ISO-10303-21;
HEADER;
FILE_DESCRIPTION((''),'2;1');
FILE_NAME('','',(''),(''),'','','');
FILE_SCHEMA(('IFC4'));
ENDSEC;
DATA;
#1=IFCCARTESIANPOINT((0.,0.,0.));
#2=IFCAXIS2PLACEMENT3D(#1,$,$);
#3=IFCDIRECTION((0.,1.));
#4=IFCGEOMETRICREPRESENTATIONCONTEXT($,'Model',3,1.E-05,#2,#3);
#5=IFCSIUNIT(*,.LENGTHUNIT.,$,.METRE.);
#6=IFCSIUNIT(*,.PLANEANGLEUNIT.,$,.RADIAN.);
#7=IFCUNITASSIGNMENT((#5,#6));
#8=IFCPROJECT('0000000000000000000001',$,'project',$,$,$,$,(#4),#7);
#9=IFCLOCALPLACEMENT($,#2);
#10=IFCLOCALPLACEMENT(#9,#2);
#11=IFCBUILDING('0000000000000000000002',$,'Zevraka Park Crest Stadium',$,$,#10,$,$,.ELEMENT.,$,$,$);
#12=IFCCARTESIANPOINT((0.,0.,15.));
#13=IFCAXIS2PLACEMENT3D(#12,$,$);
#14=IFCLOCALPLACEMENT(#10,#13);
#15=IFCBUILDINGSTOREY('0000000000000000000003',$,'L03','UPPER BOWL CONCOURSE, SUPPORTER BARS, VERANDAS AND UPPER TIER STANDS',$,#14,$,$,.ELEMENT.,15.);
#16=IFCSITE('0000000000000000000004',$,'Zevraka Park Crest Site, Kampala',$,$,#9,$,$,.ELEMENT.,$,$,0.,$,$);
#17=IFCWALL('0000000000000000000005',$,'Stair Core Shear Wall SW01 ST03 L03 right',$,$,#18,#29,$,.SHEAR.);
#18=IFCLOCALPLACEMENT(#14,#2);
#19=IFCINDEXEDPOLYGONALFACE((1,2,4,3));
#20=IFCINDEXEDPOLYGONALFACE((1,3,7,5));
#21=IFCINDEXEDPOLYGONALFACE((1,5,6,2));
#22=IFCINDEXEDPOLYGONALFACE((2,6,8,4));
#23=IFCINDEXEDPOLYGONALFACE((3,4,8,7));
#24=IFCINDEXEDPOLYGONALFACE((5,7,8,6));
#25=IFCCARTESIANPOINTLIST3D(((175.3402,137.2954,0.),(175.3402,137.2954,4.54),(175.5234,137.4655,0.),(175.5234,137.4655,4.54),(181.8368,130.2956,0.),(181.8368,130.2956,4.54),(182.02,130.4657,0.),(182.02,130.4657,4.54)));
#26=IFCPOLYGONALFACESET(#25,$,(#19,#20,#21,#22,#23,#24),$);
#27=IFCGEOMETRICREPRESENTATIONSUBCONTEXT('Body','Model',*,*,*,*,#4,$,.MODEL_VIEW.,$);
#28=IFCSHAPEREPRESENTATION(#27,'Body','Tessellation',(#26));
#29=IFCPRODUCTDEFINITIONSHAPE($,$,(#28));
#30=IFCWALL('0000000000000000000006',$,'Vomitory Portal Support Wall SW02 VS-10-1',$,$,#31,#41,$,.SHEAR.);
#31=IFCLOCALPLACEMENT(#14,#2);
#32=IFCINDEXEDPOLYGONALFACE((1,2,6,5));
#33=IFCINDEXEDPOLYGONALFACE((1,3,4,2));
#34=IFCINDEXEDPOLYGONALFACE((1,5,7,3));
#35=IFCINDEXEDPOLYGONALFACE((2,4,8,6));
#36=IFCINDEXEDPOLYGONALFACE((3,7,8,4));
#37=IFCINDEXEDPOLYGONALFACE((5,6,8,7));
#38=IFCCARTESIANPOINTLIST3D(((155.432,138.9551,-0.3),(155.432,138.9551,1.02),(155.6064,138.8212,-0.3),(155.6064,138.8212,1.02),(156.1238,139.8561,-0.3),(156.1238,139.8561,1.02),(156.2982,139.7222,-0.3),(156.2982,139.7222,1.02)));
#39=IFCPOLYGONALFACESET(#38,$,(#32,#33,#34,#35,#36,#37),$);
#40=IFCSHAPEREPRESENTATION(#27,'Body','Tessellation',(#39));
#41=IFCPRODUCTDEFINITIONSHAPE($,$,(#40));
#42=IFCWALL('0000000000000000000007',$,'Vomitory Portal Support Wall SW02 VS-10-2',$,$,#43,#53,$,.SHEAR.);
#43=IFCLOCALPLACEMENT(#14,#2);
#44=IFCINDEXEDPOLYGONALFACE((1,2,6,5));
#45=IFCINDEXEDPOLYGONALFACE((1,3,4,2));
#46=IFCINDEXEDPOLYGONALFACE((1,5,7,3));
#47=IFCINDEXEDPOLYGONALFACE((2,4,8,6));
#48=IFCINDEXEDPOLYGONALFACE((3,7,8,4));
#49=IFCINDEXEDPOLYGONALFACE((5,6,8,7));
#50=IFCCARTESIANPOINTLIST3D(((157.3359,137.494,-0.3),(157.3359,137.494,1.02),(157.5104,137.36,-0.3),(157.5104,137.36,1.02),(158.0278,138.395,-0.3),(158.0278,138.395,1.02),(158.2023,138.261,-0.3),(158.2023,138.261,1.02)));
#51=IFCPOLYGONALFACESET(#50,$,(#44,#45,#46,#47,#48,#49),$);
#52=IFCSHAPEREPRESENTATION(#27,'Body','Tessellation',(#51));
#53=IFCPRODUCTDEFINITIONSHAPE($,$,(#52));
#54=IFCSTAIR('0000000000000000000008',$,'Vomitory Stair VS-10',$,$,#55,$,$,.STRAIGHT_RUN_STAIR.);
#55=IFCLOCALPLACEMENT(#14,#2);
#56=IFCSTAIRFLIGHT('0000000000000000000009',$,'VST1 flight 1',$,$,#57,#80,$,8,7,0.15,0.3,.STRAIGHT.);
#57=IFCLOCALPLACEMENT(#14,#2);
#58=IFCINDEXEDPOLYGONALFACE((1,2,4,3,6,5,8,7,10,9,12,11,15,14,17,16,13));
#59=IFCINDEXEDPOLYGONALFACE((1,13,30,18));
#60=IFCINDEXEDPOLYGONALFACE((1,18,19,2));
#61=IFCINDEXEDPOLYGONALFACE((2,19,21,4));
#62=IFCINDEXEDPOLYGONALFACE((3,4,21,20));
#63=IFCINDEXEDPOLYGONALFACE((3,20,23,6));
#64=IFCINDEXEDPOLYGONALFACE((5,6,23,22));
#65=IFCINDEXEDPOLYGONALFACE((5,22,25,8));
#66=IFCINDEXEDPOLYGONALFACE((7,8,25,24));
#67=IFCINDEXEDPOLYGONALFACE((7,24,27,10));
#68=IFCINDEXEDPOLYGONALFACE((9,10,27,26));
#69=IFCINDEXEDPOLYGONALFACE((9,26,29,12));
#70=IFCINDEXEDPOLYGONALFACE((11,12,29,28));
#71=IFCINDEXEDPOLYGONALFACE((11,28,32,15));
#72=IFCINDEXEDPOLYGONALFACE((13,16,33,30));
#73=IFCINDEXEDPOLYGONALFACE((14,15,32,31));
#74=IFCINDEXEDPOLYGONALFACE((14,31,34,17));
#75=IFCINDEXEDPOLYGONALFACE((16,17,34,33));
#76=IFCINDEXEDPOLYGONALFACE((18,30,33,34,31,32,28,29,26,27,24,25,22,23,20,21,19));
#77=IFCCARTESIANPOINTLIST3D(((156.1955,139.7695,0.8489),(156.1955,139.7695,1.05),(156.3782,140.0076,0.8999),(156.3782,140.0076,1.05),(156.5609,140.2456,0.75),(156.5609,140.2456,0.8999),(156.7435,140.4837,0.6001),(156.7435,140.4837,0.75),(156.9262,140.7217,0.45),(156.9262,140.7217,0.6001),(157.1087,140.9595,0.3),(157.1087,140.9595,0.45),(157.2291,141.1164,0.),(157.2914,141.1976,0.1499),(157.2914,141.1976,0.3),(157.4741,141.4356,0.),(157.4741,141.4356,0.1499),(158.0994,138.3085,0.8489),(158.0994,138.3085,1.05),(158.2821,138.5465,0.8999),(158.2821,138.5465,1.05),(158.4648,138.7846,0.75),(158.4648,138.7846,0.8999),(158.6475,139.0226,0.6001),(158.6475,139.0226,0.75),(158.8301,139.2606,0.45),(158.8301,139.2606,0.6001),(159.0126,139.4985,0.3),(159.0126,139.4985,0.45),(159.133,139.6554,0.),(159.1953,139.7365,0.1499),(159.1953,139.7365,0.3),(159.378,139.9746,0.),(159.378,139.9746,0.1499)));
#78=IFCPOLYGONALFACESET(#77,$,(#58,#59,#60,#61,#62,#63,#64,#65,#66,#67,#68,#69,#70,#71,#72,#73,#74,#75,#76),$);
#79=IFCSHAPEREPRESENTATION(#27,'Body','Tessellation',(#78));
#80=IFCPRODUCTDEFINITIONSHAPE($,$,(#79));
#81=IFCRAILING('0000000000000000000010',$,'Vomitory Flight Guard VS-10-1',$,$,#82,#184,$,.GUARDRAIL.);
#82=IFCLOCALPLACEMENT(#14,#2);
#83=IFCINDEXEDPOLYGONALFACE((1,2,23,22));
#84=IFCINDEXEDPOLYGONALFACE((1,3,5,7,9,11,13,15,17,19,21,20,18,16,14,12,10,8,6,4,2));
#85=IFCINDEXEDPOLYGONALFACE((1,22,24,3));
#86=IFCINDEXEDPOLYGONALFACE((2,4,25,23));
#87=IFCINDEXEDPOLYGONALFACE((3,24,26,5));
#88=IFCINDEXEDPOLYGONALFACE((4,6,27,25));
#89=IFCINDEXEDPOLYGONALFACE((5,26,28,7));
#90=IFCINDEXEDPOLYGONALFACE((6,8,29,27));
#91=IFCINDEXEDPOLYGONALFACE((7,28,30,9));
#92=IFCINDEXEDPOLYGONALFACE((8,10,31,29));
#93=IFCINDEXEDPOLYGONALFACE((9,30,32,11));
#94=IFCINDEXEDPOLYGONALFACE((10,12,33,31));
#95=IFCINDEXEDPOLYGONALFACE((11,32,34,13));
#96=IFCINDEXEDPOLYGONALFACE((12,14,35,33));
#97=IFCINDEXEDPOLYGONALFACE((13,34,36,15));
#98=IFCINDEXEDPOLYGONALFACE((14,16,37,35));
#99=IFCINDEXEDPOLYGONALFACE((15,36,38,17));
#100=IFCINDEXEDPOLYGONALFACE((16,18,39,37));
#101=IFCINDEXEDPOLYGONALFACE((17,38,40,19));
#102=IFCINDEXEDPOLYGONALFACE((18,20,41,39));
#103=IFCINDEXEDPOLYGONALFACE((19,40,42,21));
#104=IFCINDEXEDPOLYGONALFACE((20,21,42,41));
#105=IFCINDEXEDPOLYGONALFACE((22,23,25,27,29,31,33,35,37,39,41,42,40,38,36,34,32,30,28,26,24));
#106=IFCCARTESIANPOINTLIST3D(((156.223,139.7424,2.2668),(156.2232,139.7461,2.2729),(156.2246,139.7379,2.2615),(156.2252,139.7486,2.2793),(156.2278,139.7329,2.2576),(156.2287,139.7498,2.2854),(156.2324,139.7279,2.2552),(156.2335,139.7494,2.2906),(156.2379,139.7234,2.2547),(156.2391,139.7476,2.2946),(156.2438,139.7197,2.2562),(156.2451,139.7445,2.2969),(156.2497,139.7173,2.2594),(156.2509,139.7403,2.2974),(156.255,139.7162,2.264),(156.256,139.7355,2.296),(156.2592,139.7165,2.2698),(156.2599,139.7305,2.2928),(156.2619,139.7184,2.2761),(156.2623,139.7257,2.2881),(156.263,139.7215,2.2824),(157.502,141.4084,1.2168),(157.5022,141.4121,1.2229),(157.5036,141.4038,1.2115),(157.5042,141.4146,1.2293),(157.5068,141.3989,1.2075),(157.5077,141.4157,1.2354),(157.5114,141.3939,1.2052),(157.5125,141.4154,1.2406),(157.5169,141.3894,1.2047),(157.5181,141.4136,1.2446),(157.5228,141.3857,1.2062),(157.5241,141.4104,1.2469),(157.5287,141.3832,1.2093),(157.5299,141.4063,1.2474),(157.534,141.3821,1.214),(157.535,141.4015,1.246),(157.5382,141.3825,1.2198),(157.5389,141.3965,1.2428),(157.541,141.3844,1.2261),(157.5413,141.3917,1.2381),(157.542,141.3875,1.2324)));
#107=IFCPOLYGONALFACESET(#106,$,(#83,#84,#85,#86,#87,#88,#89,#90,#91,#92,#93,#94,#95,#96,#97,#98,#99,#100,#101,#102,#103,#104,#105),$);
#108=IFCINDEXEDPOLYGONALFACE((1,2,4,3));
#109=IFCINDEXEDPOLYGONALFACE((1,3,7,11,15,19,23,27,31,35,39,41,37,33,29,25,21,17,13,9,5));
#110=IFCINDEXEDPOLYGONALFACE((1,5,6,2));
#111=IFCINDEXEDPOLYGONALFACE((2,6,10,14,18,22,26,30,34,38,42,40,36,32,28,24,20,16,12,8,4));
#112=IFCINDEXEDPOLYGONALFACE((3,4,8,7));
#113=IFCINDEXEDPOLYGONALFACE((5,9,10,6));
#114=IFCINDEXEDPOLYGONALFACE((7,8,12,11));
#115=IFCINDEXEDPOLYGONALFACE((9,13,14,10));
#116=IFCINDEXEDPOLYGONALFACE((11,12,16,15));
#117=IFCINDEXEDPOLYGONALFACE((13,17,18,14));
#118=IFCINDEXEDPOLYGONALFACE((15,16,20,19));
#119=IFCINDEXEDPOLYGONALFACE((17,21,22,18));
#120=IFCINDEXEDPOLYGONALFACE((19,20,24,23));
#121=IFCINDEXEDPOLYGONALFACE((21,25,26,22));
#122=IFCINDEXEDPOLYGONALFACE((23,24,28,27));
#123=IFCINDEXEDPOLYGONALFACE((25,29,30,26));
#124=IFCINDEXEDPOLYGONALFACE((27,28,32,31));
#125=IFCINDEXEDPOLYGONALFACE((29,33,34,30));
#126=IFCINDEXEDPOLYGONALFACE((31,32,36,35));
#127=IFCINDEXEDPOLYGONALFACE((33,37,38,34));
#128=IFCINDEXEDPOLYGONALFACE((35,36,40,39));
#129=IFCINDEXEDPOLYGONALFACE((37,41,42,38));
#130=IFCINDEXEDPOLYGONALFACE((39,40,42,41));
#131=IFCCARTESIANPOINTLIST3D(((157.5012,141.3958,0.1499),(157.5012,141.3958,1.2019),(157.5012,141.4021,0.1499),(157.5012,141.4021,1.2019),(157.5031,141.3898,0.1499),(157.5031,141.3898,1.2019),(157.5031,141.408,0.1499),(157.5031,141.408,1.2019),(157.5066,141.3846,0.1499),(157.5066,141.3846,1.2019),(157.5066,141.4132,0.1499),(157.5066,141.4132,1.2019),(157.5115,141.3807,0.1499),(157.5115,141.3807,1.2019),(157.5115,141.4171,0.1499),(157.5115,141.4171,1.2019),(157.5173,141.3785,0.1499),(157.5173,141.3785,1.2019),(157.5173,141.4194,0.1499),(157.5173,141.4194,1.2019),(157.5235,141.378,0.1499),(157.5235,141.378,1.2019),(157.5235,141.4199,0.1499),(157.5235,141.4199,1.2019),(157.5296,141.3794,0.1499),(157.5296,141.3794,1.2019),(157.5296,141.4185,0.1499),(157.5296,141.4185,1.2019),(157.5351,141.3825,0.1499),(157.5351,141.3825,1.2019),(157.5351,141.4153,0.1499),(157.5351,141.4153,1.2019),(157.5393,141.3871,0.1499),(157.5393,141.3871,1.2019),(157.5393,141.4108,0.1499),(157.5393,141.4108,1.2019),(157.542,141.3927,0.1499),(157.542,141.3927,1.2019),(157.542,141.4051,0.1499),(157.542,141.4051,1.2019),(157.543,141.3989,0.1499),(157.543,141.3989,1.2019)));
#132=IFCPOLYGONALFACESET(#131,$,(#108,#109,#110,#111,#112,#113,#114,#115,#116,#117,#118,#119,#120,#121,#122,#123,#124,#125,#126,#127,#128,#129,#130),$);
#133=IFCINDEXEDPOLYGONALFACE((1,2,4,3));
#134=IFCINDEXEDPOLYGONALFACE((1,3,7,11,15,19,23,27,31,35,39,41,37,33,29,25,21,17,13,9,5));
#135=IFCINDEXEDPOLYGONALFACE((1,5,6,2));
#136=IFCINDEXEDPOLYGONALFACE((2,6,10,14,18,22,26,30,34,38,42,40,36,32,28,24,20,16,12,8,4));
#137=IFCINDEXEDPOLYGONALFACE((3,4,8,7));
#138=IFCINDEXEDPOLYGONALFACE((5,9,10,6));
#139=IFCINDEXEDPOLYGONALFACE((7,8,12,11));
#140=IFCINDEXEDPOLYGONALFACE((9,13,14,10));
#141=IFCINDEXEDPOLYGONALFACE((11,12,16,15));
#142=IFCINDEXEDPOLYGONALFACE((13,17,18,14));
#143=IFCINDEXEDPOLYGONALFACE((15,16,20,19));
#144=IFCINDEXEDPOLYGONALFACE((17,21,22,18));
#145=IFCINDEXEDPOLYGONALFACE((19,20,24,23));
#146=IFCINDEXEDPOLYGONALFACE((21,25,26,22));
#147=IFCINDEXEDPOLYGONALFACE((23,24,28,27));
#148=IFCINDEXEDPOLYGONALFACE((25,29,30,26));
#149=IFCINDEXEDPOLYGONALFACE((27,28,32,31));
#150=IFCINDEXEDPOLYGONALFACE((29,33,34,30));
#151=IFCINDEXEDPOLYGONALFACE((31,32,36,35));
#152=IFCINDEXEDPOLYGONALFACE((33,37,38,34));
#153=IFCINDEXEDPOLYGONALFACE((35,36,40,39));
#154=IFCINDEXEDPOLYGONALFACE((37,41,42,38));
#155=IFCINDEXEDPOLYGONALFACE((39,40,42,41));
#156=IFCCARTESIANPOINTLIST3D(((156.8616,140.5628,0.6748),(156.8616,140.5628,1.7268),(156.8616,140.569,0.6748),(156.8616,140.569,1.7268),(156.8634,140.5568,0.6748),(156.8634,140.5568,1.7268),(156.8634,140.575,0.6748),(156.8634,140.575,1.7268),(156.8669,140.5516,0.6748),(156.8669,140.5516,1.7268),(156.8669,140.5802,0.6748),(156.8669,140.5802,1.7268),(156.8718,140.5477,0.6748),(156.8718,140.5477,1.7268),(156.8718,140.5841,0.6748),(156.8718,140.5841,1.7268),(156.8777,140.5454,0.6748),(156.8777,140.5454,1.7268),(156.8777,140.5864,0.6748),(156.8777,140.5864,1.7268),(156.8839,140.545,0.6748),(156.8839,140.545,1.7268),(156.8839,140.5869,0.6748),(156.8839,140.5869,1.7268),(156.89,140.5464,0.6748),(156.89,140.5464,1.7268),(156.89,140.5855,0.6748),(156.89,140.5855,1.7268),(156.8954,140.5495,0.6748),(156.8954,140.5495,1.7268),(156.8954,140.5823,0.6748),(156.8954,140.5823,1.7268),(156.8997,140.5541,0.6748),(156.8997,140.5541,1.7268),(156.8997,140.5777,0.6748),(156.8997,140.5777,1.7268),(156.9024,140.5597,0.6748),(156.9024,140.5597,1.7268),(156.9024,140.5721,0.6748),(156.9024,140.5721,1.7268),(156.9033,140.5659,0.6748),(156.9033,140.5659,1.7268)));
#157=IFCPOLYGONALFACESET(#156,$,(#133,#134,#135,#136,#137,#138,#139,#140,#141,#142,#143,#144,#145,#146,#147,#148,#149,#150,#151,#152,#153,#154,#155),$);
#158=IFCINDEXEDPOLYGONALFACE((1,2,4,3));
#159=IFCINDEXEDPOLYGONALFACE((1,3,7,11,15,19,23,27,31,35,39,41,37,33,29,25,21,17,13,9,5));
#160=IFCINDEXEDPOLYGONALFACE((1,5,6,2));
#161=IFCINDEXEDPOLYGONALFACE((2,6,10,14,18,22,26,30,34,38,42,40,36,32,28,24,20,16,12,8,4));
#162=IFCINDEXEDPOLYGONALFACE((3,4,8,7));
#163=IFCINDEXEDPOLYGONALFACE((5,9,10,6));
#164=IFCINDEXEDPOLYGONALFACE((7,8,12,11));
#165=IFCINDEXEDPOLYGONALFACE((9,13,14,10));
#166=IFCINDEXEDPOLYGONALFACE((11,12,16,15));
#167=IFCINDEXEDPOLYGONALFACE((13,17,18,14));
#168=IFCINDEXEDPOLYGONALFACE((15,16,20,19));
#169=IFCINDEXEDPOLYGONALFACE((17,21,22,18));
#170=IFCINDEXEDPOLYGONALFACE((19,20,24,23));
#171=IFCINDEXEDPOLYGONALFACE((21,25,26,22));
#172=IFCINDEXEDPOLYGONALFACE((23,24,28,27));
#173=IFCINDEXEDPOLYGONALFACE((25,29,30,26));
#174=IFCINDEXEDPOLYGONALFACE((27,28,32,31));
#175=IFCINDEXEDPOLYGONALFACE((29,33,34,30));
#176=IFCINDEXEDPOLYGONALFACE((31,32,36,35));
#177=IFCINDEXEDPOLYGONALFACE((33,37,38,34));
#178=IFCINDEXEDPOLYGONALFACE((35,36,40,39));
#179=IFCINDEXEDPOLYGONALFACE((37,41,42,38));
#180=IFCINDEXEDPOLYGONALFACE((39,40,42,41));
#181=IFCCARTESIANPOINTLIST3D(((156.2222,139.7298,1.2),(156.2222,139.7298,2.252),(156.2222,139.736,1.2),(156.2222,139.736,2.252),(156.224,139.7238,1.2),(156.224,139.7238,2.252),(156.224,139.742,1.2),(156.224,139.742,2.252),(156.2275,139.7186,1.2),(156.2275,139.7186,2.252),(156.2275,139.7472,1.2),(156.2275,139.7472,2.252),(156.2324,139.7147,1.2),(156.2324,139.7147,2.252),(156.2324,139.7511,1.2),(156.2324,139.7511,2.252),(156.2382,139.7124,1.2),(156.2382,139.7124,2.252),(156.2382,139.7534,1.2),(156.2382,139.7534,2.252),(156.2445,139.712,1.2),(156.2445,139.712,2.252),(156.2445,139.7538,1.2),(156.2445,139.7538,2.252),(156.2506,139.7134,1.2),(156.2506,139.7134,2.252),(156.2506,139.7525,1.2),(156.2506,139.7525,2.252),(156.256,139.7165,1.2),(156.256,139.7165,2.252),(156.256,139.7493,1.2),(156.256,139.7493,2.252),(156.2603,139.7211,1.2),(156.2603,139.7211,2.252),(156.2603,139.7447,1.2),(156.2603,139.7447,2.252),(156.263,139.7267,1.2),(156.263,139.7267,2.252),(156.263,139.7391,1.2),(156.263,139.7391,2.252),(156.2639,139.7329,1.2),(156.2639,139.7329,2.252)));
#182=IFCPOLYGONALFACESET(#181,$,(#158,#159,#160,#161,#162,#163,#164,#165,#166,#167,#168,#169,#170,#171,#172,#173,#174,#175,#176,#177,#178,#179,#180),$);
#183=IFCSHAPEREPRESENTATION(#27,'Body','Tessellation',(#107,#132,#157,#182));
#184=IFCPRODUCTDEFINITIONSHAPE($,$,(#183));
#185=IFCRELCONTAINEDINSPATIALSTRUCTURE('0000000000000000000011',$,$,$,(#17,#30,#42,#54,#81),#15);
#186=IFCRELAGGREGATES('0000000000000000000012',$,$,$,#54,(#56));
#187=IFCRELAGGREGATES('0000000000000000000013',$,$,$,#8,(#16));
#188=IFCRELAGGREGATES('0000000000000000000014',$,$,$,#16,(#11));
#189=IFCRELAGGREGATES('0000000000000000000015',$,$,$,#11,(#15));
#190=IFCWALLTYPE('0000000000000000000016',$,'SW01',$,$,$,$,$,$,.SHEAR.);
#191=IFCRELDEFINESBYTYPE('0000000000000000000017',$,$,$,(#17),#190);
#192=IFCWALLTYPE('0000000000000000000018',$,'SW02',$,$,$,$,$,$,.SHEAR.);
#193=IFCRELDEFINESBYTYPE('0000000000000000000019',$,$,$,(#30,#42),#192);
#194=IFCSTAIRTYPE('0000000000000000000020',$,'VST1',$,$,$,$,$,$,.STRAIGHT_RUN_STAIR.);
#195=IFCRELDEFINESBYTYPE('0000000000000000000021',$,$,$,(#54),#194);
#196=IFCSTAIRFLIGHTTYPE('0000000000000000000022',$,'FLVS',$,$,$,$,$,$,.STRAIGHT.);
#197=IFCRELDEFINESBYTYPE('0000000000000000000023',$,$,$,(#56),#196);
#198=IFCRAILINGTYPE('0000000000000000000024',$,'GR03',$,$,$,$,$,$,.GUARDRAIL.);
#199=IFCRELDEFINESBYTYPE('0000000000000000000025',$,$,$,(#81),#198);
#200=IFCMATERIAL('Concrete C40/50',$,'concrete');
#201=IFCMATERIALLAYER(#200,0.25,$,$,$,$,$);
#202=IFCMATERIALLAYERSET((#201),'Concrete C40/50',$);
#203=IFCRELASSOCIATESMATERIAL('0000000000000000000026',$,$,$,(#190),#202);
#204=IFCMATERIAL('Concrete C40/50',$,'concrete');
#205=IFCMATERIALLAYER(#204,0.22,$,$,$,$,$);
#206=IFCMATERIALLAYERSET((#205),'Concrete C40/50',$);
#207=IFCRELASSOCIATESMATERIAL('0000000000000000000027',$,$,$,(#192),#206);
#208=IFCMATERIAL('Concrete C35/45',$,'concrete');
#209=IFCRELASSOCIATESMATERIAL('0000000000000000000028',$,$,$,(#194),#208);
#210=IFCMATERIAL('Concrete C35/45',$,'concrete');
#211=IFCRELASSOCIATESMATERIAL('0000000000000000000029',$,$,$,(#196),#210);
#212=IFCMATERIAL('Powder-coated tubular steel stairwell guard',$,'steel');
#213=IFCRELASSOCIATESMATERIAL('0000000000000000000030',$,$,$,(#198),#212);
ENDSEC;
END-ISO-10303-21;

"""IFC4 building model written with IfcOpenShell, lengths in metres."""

from ifc_helpers import new_model, si_unit, direction, frame, frame_2d, origin, origin_2d, place, context, subcontext, project, spatial, polyline, rectangle, circle, outline, extrude, material, layer, layer_set, type_object, element, aggregate, save


model = new_model("IFC4")

# Units and contexts
model_context = context("Model", 3, precision=1e-05, world=origin(), true_north=direction((0.0, 1.0)))
body_context = subcontext(model_context, "Body", "Model", "MODEL_VIEW")
ifc_project = project(units=[si_unit("LENGTHUNIT", "METRE"), si_unit("PLANEANGLEUNIT", "RADIAN")], contexts=[model_context])

# Site, building, storey
site_placement = place(None, origin())
site = spatial("IfcSite", under=ifc_project, at=site_placement, Name="Zevraka Park Crest Site, Kampala", CompositionType="ELEMENT", RefElevation=0.0)
building_placement = place(site_placement, origin())
building = spatial("IfcBuilding", under=site, at=building_placement, Name="Zevraka Park Crest Stadium", CompositionType="ELEMENT")
storey_placement = place(building_placement, frame((0.0, 0.0, 15.0)))
storey = spatial("IfcBuildingStorey", under=building, at=storey_placement, Name="L03", Description="UPPER BOWL CONCOURSE, SUPPORTER BARS, VERANDAS AND UPPER TIER STANDS", CompositionType="ELEMENT", Elevation=15.0)

# Walls
ifc_material_1 = material(Name="Concrete C40/50", Category="concrete")
ifc_layer_1 = layer(ifc_material_1, 0.25)
ifc_layer_set_1 = layer_set([ifc_layer_1], Name="Concrete C40/50")
wall_type_1 = type_object("IfcWallType", Name="SW01", PredefinedType="SHEAR", material=ifc_layer_set_1)
wall_placement = place(storey_placement, frame((175.4319, 137.3804, 0.0), z_axis=(0.0, 0.0, 1.0), x_axis=(0.680272, -0.73296, 0.0)))
element("IfcWall", 1, at=wall_placement, inside=storey, type_object=wall_type_1, Name="Stair Core Shear Wall SW01 ST03 L03 right", PredefinedType="SHEAR", context=body_context, shape_type="SweptSolid", body=[
    extrude(rectangle(XDim=9.55, YDim=0.25, at=frame_2d((4.7749, 0.0))), origin(), (0.0, 0.0, 1.0), 4.54),
])
ifc_material_2 = material(Name="Concrete C40/50", Category="concrete")
ifc_layer_2 = layer(ifc_material_2, 0.22)
ifc_layer_set_2 = layer_set([ifc_layer_2], Name="Concrete C40/50")
wall_type_2 = type_object("IfcWallType", Name="SW02", PredefinedType="SHEAR", material=ifc_layer_set_2)
for number, where, z_axis, x_axis, name in (
    (2, (156.2109, 139.7891, -0.3), (0.0, 0.0, 1.0), (-0.609004, -0.793167, 0.0), "Vomitory Portal Support Wall SW02 VS-10-1"),
    (3, (158.115, 138.3279, -0.3), (0.0, 0.0, 1.0), (-0.609108, -0.793087, 0.0), "Vomitory Portal Support Wall SW02 VS-10-2"),
):
    element("IfcWall", number, at=place(storey_placement, frame(where, z_axis=z_axis, x_axis=x_axis)), inside=storey, type_object=wall_type_2, Name=name, PredefinedType="SHEAR", context=body_context, shape_type="SweptSolid", body=[
        extrude(rectangle(XDim=1.136, YDim=0.22, at=frame_2d((0.5679, 0.0))), origin(), (0.0, 0.0, 1.0), 1.3201),
    ])

# Stair, stair flight
ifc_material_3 = material(Name="Concrete C35/45", Category="concrete")
stair_type = type_object("IfcStairType", Name="VST1", PredefinedType="STRAIGHT_RUN_STAIR", material=ifc_material_3)
stair_placement = place(storey_placement, origin())
stair = element("IfcStair", 4, at=stair_placement, inside=storey, type_object=stair_type, Name="Vomitory Stair VS-10", PredefinedType="STRAIGHT_RUN_STAIR")
ifc_material_4 = material(Name="Concrete C35/45", Category="concrete")
stair_flight_type = type_object("IfcStairFlightType", Name="FLVS", PredefinedType="STRAIGHT", material=ifc_material_4)
stair_flight_placement = place(storey_placement, frame((158.426, 140.7051, 0.0), z_axis=(0.0, 0.0, 1.0), x_axis=(-0.608797, -0.793326, 0.0)))
stair_flight = element("IfcStairFlight", 5, at=stair_flight_placement, type_object=stair_flight_type, Name="VST1 flight 1", NumberOfRisers=8, NumberOfTreads=7, PredefinedType="STRAIGHT", RiserHeight=0.15, TreadLength=0.3, context=body_context, shape_type="SweptSolid", body=[
    extrude(outline(polyline([(0.0, 0.0), (0.0, 0.1499), (0.3, 0.1499), (0.3, 0.3), (0.6001, 0.3), (0.6001, 0.45), (0.8999, 0.45), (0.8999, 0.6001), (1.2, 0.6001), (1.2, 0.75), (1.5, 0.75), (1.5, 0.8999), (1.8, 0.8999), (1.8, 1.05), (2.1001, 1.05), (2.1001, 1.2), (2.1001, 0.8489), (0.4023, 0.0), (0.0, 0.0)])), frame((0.0, 1.2, 0.0), z_axis=(0.0, -1.0, 0.0), x_axis=(1.0, 0.0, 0.0)), (0.0, 0.0, 1.0), 2.3999),
])
aggregate(stair, [stair_flight])

# Railing
ifc_material_5 = material(Name="Powder-coated tubular steel stairwell guard", Category="steel")
railing_type_1 = type_object("IfcRailingType", Name="GR03", PredefinedType="GUARDRAIL", material=ifc_material_5)
railing_1_placement = place(storey_placement, frame((157.522, 141.3989, 0.1499)))
element("IfcRailing", 6, at=railing_1_placement, inside=storey, type_object=railing_type_1, Name="Vomitory Flight Guard VS-10-1", PredefinedType="GUARDRAIL", context=body_context, shape_type="SweptSolid", body=[
    extrude(circle(Radius=0.0239, at=origin_2d()), frame((0.0, 0.0, 1.0762), z_axis=(-0.544688, -0.709477, 0.447166), x_axis=(0.793198, -0.608963, 0.0)), (0.0, 0.0, 1.0), 2.3481),
    extrude(circle(Radius=0.021, at=origin_2d()), origin(), (0.0, 0.0, 1.0), 1.052),
    extrude(circle(Radius=0.021, at=origin_2d()), frame((-0.6396, -0.833, 0.5249)), (0.0, 0.0, 1.0), 1.052),
    extrude(circle(Radius=0.021, at=origin_2d()), frame((-1.2791, -1.666, 1.05)), (0.0, 0.0, 1.0), 1.052),
])

save(model, "model.ifc")
